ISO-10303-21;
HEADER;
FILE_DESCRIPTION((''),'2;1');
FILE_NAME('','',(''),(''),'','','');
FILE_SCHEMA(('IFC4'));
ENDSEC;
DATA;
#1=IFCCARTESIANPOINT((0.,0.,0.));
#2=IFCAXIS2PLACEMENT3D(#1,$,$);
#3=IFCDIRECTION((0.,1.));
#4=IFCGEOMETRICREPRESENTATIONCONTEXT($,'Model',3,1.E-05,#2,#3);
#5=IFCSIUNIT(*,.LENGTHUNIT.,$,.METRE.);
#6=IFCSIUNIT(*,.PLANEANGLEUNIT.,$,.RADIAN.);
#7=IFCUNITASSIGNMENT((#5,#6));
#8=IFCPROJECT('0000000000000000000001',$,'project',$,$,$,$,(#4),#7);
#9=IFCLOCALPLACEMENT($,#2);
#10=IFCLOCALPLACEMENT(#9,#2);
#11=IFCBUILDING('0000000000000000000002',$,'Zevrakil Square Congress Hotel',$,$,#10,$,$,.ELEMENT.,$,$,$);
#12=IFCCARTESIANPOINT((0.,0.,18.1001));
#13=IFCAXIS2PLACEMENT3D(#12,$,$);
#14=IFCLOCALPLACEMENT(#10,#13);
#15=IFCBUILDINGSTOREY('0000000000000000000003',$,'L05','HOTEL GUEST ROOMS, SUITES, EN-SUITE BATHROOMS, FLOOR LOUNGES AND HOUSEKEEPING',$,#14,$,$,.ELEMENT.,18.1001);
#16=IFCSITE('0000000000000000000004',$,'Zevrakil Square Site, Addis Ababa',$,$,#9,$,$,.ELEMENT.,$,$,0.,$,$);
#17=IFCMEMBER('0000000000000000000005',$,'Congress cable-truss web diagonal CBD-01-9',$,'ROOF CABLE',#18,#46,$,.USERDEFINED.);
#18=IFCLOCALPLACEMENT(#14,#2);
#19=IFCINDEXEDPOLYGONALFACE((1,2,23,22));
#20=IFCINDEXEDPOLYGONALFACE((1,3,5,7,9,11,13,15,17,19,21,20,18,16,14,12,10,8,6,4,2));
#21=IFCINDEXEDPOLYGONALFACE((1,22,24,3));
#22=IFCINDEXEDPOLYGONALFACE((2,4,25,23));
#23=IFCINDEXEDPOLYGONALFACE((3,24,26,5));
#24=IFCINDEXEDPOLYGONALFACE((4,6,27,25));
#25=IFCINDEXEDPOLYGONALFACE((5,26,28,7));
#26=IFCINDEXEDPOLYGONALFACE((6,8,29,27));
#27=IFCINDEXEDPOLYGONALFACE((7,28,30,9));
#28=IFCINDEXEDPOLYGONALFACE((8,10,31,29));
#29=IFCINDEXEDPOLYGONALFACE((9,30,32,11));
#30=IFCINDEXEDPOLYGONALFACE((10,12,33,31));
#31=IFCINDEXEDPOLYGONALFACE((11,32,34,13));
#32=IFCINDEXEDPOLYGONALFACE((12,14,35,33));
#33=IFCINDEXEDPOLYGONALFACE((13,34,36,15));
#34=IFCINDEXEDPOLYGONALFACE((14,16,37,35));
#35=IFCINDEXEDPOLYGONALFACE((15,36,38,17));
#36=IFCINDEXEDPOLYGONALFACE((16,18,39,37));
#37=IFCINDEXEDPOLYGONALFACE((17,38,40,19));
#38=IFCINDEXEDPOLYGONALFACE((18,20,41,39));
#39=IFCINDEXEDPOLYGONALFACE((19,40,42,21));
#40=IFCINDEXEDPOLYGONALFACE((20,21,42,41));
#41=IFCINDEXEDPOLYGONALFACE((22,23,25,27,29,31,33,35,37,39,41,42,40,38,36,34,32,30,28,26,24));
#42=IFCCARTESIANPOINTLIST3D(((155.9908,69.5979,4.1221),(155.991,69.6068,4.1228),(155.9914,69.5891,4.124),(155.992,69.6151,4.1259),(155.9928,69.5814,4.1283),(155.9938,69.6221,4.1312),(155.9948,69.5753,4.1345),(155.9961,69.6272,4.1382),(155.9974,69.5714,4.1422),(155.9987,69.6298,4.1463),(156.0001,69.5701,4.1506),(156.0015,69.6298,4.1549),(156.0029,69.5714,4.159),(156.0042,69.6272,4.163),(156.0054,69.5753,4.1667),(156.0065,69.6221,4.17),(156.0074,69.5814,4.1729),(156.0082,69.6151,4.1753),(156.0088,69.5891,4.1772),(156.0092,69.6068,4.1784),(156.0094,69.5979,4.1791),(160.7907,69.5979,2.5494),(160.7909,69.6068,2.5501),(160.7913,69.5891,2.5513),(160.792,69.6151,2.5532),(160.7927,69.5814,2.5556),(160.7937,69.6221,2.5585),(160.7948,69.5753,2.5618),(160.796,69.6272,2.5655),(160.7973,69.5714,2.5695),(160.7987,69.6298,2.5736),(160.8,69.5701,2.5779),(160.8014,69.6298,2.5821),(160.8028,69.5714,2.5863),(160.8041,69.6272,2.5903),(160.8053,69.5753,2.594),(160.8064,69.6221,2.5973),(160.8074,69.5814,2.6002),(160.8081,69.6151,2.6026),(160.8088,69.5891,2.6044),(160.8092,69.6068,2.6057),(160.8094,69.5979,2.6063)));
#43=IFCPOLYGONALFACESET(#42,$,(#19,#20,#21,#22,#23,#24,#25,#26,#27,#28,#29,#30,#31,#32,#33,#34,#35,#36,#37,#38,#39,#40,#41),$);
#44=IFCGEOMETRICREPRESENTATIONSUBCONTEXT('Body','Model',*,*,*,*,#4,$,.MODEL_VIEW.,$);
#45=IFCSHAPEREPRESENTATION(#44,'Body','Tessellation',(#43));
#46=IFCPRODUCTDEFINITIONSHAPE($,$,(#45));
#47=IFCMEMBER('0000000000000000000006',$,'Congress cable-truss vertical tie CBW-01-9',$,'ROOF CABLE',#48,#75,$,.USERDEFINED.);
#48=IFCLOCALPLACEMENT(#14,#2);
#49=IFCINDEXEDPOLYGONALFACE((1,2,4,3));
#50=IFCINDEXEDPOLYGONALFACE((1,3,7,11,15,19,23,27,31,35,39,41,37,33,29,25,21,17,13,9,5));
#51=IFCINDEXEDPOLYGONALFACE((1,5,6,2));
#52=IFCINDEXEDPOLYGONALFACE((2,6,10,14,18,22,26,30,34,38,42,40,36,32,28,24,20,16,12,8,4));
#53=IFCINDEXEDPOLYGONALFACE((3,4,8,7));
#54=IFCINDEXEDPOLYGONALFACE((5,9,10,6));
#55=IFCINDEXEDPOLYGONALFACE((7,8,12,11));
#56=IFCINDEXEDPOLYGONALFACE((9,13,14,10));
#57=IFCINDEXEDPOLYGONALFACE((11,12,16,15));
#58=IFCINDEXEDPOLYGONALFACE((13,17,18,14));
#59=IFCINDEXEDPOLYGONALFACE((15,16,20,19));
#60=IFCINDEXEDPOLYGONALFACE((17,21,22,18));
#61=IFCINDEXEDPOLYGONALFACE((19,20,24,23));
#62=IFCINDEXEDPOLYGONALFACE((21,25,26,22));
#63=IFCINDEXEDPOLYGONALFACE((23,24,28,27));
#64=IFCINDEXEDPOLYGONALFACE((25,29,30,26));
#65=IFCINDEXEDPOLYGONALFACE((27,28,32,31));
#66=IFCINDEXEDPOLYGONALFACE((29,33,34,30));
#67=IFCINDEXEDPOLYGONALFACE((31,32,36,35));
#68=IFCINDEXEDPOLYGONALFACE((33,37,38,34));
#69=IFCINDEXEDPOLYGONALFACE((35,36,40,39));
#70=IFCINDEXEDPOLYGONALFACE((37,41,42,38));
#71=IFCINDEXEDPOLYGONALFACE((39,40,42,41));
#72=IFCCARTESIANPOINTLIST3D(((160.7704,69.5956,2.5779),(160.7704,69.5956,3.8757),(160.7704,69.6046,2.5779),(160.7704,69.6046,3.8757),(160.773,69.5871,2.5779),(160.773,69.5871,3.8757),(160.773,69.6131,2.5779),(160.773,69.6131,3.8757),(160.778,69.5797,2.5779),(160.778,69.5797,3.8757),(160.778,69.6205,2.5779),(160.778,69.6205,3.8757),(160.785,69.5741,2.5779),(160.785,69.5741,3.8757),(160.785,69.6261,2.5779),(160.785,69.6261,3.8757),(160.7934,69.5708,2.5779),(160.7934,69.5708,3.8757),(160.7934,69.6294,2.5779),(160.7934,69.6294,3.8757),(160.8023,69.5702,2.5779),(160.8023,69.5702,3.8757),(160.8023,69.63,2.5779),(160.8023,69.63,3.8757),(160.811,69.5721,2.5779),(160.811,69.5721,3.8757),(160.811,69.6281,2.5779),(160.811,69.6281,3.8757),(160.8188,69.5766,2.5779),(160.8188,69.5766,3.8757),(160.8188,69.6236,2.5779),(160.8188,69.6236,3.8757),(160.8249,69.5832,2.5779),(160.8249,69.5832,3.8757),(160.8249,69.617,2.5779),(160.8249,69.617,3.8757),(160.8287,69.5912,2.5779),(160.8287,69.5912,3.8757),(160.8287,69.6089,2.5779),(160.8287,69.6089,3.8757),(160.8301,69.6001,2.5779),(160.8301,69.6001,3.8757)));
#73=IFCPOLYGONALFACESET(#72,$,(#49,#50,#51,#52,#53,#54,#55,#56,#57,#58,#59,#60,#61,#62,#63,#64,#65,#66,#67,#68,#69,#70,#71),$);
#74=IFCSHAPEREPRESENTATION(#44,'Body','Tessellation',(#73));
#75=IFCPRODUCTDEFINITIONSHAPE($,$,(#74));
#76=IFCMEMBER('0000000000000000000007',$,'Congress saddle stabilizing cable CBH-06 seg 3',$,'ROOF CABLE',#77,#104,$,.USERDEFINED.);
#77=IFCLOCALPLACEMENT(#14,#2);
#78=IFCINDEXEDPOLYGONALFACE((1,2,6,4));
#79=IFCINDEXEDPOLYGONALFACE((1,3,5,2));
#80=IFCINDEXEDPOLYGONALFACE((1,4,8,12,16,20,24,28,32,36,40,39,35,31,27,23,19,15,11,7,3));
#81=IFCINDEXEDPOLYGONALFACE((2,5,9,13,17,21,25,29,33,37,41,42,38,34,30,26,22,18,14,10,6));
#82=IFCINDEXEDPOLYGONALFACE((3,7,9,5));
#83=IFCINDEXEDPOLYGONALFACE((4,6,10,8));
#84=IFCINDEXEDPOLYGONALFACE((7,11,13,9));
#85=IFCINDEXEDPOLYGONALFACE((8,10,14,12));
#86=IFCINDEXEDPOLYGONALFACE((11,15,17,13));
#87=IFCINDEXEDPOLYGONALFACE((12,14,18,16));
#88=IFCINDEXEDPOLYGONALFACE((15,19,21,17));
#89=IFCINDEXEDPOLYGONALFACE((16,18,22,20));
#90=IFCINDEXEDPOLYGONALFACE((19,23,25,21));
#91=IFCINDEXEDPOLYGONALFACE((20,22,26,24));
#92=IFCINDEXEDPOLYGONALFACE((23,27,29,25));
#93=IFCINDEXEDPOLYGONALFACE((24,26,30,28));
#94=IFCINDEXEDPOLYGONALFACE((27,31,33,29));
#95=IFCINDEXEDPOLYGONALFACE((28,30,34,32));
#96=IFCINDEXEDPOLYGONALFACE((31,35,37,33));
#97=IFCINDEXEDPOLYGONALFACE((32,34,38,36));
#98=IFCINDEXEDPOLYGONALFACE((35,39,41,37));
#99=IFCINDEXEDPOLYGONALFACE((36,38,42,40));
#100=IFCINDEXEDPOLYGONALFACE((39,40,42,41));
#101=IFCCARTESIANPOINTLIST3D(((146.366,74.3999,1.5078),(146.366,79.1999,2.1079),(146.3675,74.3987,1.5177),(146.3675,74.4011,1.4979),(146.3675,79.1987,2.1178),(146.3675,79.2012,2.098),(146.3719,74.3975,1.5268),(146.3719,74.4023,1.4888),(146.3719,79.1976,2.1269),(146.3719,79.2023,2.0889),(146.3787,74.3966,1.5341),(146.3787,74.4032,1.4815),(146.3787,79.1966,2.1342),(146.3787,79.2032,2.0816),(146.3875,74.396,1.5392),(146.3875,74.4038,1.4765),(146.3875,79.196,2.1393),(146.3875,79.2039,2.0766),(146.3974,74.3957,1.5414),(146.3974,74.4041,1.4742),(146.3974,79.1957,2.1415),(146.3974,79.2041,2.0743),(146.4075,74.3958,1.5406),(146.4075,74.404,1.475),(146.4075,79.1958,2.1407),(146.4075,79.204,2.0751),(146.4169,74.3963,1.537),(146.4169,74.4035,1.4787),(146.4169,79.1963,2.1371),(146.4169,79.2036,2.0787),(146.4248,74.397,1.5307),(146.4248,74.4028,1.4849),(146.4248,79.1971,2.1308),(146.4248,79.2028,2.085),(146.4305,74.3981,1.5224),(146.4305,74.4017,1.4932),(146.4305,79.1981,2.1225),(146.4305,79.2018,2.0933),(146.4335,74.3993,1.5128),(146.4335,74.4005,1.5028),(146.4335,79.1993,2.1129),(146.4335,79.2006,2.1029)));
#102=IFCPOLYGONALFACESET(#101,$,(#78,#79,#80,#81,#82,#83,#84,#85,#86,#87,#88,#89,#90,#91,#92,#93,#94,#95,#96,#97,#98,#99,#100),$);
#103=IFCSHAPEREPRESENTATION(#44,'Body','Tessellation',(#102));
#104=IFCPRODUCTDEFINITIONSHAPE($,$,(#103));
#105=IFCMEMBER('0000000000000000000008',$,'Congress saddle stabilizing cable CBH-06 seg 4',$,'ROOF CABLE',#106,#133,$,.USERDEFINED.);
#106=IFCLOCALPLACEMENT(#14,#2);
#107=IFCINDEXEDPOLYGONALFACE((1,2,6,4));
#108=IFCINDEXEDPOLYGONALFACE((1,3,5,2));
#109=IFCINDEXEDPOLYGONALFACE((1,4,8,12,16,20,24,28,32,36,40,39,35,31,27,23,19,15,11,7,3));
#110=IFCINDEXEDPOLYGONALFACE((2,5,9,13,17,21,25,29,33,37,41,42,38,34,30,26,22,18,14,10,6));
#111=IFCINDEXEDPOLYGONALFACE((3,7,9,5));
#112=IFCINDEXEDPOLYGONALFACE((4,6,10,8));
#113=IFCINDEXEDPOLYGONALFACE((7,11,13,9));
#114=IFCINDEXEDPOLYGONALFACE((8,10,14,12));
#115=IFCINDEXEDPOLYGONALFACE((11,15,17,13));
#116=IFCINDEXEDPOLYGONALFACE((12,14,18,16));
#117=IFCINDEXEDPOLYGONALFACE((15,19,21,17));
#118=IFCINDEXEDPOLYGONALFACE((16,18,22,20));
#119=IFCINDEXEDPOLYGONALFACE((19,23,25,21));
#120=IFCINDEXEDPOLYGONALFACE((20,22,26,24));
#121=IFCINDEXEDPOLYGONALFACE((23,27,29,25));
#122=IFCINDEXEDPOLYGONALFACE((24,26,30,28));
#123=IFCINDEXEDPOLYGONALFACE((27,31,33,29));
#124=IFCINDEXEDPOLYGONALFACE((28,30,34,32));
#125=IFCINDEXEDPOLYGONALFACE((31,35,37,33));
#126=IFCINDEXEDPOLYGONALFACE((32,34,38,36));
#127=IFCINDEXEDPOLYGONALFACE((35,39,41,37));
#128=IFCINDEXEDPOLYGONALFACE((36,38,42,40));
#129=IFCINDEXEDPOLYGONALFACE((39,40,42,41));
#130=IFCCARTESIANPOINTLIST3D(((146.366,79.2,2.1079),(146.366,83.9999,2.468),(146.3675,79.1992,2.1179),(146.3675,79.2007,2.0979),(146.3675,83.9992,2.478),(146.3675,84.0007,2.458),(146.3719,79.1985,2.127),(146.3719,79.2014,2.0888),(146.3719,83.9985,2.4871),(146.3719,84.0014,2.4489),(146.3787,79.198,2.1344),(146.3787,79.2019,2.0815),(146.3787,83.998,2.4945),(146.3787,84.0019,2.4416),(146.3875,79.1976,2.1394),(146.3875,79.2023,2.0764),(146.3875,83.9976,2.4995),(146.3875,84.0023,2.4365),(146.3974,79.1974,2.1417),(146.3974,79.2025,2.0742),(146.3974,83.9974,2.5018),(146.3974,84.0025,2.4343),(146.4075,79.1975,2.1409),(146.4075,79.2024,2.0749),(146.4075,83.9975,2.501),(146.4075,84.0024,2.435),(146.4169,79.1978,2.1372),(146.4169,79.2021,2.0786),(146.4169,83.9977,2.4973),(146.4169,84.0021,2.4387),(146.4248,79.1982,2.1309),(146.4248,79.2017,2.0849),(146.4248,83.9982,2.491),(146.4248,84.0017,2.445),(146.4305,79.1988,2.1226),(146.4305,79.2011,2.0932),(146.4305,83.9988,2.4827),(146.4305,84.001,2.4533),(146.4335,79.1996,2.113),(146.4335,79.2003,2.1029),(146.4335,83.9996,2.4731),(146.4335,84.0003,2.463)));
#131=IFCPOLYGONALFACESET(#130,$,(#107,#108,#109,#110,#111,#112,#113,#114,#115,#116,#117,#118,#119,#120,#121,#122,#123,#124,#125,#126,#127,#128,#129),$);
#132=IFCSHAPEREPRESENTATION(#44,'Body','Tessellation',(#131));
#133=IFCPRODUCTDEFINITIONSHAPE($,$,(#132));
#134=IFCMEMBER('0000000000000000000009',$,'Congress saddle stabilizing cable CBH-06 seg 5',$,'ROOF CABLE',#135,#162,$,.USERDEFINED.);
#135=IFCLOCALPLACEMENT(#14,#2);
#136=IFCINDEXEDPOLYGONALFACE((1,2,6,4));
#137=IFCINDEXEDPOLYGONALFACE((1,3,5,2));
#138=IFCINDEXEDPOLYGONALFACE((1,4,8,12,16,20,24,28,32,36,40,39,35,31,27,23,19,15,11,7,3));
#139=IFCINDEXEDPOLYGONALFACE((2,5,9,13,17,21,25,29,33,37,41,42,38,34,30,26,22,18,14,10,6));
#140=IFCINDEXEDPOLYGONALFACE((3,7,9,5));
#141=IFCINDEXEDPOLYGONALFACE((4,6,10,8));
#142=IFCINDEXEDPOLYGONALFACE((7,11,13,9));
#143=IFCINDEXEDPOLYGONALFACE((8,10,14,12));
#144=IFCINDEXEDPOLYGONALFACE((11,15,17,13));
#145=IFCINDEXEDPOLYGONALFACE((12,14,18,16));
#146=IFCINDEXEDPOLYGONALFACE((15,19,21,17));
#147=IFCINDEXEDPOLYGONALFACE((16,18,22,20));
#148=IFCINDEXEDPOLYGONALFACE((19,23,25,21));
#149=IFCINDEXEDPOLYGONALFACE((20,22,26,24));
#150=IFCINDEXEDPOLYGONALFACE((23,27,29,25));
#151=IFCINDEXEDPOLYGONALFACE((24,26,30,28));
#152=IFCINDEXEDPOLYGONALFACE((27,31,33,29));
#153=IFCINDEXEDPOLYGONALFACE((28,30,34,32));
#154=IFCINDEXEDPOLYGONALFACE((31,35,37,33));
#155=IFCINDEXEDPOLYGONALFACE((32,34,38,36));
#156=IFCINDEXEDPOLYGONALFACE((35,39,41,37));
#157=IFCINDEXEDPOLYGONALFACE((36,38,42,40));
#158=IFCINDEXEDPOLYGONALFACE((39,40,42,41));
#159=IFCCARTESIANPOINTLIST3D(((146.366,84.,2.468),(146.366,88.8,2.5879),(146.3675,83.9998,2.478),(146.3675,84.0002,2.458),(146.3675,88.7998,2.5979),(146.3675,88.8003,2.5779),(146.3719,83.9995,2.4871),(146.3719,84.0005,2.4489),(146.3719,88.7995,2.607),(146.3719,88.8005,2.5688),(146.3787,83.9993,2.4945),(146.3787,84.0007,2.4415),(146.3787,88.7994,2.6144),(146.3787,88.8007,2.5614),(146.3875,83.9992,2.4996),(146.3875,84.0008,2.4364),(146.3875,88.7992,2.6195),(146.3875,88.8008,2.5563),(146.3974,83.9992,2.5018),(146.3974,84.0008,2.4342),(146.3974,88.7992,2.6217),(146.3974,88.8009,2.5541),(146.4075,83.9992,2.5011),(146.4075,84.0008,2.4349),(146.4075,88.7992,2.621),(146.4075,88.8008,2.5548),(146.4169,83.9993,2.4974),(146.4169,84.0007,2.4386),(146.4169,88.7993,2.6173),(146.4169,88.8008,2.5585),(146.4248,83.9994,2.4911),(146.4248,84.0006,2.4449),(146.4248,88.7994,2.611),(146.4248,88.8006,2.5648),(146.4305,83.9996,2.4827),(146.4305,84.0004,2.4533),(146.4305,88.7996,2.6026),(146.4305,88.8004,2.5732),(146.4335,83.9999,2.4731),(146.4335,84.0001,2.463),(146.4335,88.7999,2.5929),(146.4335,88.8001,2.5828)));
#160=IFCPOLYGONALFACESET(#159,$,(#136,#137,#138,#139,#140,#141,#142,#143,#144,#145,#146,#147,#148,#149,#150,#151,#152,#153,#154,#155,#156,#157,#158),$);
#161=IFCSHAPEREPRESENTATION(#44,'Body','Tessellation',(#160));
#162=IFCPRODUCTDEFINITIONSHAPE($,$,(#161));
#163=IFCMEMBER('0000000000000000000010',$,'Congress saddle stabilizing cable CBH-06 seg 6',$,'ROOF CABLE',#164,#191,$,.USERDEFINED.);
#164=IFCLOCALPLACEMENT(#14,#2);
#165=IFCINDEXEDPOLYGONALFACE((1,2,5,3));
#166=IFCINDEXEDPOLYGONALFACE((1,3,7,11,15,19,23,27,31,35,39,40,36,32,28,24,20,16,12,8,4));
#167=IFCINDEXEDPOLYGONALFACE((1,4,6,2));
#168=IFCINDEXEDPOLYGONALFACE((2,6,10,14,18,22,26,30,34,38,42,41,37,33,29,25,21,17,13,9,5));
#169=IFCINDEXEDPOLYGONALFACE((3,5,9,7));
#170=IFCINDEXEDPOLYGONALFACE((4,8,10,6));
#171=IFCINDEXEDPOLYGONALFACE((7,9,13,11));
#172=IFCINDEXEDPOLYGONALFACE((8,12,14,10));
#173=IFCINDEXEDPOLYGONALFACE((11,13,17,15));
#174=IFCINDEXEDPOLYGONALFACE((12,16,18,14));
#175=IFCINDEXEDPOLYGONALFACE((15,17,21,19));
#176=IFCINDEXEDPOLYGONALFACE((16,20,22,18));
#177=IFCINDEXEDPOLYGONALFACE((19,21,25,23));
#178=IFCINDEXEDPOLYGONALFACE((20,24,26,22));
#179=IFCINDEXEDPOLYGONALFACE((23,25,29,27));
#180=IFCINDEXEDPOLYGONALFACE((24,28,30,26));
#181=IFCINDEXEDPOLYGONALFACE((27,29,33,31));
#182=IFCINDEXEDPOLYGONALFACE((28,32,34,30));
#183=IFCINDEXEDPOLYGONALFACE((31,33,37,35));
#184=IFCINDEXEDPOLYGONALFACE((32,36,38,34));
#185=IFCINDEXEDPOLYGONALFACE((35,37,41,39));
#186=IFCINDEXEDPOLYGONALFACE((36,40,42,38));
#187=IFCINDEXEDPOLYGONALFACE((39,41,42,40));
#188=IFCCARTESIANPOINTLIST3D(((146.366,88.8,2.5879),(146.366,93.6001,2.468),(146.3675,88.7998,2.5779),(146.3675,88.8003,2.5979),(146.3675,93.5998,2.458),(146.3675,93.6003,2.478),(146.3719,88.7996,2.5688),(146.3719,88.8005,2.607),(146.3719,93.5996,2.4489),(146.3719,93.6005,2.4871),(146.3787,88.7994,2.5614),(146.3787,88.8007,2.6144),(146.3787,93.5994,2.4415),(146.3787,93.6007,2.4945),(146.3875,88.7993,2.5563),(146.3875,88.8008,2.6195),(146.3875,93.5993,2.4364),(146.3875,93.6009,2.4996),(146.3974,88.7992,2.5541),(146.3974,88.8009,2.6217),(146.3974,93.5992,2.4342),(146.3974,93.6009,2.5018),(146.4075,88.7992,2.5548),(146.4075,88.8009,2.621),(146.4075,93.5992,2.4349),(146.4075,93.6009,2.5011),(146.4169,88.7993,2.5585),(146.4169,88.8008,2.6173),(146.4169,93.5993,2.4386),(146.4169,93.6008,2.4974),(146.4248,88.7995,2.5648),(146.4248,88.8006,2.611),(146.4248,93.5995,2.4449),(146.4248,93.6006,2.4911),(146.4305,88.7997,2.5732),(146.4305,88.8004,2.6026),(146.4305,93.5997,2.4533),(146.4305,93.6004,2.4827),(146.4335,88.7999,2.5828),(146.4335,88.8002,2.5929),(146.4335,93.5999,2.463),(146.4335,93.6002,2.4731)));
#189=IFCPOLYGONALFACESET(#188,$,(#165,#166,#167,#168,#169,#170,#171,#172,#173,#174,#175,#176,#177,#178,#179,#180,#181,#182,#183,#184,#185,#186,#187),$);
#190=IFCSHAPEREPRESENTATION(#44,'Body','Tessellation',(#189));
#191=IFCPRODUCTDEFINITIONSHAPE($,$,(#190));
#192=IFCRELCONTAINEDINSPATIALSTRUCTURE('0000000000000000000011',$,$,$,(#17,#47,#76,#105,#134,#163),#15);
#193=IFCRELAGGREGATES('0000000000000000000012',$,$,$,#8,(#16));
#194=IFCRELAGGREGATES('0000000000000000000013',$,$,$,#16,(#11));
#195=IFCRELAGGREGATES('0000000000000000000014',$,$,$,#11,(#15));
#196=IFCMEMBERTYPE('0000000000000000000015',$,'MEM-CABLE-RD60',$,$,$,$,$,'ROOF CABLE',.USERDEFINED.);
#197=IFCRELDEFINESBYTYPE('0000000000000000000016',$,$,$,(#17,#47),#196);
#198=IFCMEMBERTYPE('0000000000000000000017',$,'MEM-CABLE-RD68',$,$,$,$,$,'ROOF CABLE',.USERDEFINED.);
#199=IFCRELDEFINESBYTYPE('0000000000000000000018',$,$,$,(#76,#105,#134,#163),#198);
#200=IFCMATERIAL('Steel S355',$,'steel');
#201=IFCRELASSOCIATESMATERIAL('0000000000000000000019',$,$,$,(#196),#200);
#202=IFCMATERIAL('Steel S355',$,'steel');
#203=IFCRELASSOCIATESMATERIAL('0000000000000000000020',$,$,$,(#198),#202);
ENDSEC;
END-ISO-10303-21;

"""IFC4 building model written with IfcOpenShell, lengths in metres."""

from ifc_helpers import new_model, si_unit, direction, frame, origin, origin_2d, place, context, subcontext, project, spatial, circle, extrude, material, material_profile, profile_set, type_object, element, save


model = new_model("IFC4")

# Units and contexts
model_context = context("Model", 3, precision=1e-05, world=origin(), true_north=direction((0.0, 1.0)))
body_context = subcontext(model_context, "Body", "Model", "MODEL_VIEW")
ifc_project = project(units=[si_unit("LENGTHUNIT", "METRE"), si_unit("PLANEANGLEUNIT", "RADIAN")], contexts=[model_context])

# Site, building, storey
site_placement = place(None, origin())
site = spatial("IfcSite", under=ifc_project, at=site_placement, Name="Zevrakil Square Site, Addis Ababa", CompositionType="ELEMENT", RefElevation=0.0)
building_placement = place(site_placement, origin())
building = spatial("IfcBuilding", under=site, at=building_placement, Name="Zevrakil Square Congress Hotel", CompositionType="ELEMENT")
storey_placement = place(building_placement, frame((0.0, 0.0, 18.1001)))
storey = spatial("IfcBuildingStorey", under=building, at=storey_placement, Name="L05", Description="HOTEL GUEST ROOMS, SUITES, EN-SUITE BATHROOMS, FLOOR LOUNGES AND HOUSEKEEPING", CompositionType="ELEMENT", Elevation=18.1001)

# Members
ifc_material_1 = material(Name="Steel S355", Category="steel")
ifc_material_profile_1 = material_profile(ifc_material_1, circle(Radius=0.03, at=origin_2d()), Name="CABLE RD60")
ifc_profile_set_1 = profile_set([ifc_material_profile_1], Name="Steel S355")
member_type_1 = type_object("IfcMemberType", Name="MEM-CABLE-RD60", ElementType="ROOF CABLE", PredefinedType="USERDEFINED", material=ifc_profile_set_1)
member_1_placement = place(storey_placement, frame((160.8, 69.6001, 2.5779), z_axis=(-0.95029, 0.0, 0.311366), x_axis=(0.0, -1.0, 0.0)))
element("IfcMember", 1, at=member_1_placement, inside=storey, type_object=member_type_1, Name="Congress cable-truss web diagonal CBD-01-9", ObjectType="ROOF CABLE", PredefinedType="USERDEFINED", context=body_context, shape_type="SweptSolid", body=[
    extrude(circle(Radius=0.03, at=origin_2d()), origin(), (0.0, 0.0, 1.0), 5.051),
])
member_2_placement = place(storey_placement, frame((160.8, 69.6001, 2.5779), z_axis=(0.0, 0.0, 1.0), x_axis=(1.0, 0.0, 0.0)))
element("IfcMember", 2, at=member_2_placement, inside=storey, type_object=member_type_1, Name="Congress cable-truss vertical tie CBW-01-9", ObjectType="ROOF CABLE", PredefinedType="USERDEFINED", context=body_context, shape_type="SweptSolid", body=[
    extrude(circle(Radius=0.03, at=origin_2d()), origin(), (0.0, 0.0, 1.0), 1.2979),
])
ifc_material_2 = material(Name="Steel S355", Category="steel")
ifc_material_profile_2 = material_profile(ifc_material_2, circle(Radius=0.0339, at=origin_2d()), Name="CABLE RD68")
ifc_profile_set_2 = profile_set([ifc_material_profile_2], Name="Steel S355")
member_type_2 = type_object("IfcMemberType", Name="MEM-CABLE-RD68", ElementType="ROOF CABLE", PredefinedType="USERDEFINED", material=ifc_profile_set_2)
member_3_placement = place(storey_placement, frame((146.3999, 74.3999, 1.5078), z_axis=(0.0, 0.992276, 0.124053), x_axis=(-1.0, 0.0, 0.0)))
element("IfcMember", 3, at=member_3_placement, inside=storey, type_object=member_type_2, Name="Congress saddle stabilizing cable CBH-06 seg 3", ObjectType="ROOF CABLE", PredefinedType="USERDEFINED", context=body_context, shape_type="SweptSolid", body=[
    extrude(circle(Radius=0.0339, at=origin_2d()), origin(), (0.0, 0.0, 1.0), 4.8374),
])
member_4_placement = place(storey_placement, frame((146.3999, 79.2, 2.1079), z_axis=(0.0, 0.997198, 0.074811), x_axis=(-1.0, 0.0, 0.0)))
element("IfcMember", 4, at=member_4_placement, inside=storey, type_object=member_type_2, Name="Congress saddle stabilizing cable CBH-06 seg 4", ObjectType="ROOF CABLE", PredefinedType="USERDEFINED", context=body_context, shape_type="SweptSolid", body=[
    extrude(circle(Radius=0.0339, at=origin_2d()), origin(), (0.0, 0.0, 1.0), 4.8135),
])
for number, where, z_axis, x_axis, name in (
    (5, (146.3999, 84.0, 2.468), (0.0, 0.999688, 0.024966), (-1.0, 0.0, 0.0), "Congress saddle stabilizing cable CBH-06 seg 5"),
    (6, (146.3999, 88.8, 2.5879), (0.0, 0.999688, -0.024966), (-1.0, 0.0, 0.0), "Congress saddle stabilizing cable CBH-06 seg 6"),
):
    element("IfcMember", number, at=place(storey_placement, frame(where, z_axis=z_axis, x_axis=x_axis)), inside=storey, type_object=member_type_2, Name=name, ObjectType="ROOF CABLE", PredefinedType="USERDEFINED", context=body_context, shape_type="SweptSolid", body=[
        extrude(circle(Radius=0.0339, at=origin_2d()), origin(), (0.0, 0.0, 1.0), 4.8015),
    ])

save(model, "model.ifc")
